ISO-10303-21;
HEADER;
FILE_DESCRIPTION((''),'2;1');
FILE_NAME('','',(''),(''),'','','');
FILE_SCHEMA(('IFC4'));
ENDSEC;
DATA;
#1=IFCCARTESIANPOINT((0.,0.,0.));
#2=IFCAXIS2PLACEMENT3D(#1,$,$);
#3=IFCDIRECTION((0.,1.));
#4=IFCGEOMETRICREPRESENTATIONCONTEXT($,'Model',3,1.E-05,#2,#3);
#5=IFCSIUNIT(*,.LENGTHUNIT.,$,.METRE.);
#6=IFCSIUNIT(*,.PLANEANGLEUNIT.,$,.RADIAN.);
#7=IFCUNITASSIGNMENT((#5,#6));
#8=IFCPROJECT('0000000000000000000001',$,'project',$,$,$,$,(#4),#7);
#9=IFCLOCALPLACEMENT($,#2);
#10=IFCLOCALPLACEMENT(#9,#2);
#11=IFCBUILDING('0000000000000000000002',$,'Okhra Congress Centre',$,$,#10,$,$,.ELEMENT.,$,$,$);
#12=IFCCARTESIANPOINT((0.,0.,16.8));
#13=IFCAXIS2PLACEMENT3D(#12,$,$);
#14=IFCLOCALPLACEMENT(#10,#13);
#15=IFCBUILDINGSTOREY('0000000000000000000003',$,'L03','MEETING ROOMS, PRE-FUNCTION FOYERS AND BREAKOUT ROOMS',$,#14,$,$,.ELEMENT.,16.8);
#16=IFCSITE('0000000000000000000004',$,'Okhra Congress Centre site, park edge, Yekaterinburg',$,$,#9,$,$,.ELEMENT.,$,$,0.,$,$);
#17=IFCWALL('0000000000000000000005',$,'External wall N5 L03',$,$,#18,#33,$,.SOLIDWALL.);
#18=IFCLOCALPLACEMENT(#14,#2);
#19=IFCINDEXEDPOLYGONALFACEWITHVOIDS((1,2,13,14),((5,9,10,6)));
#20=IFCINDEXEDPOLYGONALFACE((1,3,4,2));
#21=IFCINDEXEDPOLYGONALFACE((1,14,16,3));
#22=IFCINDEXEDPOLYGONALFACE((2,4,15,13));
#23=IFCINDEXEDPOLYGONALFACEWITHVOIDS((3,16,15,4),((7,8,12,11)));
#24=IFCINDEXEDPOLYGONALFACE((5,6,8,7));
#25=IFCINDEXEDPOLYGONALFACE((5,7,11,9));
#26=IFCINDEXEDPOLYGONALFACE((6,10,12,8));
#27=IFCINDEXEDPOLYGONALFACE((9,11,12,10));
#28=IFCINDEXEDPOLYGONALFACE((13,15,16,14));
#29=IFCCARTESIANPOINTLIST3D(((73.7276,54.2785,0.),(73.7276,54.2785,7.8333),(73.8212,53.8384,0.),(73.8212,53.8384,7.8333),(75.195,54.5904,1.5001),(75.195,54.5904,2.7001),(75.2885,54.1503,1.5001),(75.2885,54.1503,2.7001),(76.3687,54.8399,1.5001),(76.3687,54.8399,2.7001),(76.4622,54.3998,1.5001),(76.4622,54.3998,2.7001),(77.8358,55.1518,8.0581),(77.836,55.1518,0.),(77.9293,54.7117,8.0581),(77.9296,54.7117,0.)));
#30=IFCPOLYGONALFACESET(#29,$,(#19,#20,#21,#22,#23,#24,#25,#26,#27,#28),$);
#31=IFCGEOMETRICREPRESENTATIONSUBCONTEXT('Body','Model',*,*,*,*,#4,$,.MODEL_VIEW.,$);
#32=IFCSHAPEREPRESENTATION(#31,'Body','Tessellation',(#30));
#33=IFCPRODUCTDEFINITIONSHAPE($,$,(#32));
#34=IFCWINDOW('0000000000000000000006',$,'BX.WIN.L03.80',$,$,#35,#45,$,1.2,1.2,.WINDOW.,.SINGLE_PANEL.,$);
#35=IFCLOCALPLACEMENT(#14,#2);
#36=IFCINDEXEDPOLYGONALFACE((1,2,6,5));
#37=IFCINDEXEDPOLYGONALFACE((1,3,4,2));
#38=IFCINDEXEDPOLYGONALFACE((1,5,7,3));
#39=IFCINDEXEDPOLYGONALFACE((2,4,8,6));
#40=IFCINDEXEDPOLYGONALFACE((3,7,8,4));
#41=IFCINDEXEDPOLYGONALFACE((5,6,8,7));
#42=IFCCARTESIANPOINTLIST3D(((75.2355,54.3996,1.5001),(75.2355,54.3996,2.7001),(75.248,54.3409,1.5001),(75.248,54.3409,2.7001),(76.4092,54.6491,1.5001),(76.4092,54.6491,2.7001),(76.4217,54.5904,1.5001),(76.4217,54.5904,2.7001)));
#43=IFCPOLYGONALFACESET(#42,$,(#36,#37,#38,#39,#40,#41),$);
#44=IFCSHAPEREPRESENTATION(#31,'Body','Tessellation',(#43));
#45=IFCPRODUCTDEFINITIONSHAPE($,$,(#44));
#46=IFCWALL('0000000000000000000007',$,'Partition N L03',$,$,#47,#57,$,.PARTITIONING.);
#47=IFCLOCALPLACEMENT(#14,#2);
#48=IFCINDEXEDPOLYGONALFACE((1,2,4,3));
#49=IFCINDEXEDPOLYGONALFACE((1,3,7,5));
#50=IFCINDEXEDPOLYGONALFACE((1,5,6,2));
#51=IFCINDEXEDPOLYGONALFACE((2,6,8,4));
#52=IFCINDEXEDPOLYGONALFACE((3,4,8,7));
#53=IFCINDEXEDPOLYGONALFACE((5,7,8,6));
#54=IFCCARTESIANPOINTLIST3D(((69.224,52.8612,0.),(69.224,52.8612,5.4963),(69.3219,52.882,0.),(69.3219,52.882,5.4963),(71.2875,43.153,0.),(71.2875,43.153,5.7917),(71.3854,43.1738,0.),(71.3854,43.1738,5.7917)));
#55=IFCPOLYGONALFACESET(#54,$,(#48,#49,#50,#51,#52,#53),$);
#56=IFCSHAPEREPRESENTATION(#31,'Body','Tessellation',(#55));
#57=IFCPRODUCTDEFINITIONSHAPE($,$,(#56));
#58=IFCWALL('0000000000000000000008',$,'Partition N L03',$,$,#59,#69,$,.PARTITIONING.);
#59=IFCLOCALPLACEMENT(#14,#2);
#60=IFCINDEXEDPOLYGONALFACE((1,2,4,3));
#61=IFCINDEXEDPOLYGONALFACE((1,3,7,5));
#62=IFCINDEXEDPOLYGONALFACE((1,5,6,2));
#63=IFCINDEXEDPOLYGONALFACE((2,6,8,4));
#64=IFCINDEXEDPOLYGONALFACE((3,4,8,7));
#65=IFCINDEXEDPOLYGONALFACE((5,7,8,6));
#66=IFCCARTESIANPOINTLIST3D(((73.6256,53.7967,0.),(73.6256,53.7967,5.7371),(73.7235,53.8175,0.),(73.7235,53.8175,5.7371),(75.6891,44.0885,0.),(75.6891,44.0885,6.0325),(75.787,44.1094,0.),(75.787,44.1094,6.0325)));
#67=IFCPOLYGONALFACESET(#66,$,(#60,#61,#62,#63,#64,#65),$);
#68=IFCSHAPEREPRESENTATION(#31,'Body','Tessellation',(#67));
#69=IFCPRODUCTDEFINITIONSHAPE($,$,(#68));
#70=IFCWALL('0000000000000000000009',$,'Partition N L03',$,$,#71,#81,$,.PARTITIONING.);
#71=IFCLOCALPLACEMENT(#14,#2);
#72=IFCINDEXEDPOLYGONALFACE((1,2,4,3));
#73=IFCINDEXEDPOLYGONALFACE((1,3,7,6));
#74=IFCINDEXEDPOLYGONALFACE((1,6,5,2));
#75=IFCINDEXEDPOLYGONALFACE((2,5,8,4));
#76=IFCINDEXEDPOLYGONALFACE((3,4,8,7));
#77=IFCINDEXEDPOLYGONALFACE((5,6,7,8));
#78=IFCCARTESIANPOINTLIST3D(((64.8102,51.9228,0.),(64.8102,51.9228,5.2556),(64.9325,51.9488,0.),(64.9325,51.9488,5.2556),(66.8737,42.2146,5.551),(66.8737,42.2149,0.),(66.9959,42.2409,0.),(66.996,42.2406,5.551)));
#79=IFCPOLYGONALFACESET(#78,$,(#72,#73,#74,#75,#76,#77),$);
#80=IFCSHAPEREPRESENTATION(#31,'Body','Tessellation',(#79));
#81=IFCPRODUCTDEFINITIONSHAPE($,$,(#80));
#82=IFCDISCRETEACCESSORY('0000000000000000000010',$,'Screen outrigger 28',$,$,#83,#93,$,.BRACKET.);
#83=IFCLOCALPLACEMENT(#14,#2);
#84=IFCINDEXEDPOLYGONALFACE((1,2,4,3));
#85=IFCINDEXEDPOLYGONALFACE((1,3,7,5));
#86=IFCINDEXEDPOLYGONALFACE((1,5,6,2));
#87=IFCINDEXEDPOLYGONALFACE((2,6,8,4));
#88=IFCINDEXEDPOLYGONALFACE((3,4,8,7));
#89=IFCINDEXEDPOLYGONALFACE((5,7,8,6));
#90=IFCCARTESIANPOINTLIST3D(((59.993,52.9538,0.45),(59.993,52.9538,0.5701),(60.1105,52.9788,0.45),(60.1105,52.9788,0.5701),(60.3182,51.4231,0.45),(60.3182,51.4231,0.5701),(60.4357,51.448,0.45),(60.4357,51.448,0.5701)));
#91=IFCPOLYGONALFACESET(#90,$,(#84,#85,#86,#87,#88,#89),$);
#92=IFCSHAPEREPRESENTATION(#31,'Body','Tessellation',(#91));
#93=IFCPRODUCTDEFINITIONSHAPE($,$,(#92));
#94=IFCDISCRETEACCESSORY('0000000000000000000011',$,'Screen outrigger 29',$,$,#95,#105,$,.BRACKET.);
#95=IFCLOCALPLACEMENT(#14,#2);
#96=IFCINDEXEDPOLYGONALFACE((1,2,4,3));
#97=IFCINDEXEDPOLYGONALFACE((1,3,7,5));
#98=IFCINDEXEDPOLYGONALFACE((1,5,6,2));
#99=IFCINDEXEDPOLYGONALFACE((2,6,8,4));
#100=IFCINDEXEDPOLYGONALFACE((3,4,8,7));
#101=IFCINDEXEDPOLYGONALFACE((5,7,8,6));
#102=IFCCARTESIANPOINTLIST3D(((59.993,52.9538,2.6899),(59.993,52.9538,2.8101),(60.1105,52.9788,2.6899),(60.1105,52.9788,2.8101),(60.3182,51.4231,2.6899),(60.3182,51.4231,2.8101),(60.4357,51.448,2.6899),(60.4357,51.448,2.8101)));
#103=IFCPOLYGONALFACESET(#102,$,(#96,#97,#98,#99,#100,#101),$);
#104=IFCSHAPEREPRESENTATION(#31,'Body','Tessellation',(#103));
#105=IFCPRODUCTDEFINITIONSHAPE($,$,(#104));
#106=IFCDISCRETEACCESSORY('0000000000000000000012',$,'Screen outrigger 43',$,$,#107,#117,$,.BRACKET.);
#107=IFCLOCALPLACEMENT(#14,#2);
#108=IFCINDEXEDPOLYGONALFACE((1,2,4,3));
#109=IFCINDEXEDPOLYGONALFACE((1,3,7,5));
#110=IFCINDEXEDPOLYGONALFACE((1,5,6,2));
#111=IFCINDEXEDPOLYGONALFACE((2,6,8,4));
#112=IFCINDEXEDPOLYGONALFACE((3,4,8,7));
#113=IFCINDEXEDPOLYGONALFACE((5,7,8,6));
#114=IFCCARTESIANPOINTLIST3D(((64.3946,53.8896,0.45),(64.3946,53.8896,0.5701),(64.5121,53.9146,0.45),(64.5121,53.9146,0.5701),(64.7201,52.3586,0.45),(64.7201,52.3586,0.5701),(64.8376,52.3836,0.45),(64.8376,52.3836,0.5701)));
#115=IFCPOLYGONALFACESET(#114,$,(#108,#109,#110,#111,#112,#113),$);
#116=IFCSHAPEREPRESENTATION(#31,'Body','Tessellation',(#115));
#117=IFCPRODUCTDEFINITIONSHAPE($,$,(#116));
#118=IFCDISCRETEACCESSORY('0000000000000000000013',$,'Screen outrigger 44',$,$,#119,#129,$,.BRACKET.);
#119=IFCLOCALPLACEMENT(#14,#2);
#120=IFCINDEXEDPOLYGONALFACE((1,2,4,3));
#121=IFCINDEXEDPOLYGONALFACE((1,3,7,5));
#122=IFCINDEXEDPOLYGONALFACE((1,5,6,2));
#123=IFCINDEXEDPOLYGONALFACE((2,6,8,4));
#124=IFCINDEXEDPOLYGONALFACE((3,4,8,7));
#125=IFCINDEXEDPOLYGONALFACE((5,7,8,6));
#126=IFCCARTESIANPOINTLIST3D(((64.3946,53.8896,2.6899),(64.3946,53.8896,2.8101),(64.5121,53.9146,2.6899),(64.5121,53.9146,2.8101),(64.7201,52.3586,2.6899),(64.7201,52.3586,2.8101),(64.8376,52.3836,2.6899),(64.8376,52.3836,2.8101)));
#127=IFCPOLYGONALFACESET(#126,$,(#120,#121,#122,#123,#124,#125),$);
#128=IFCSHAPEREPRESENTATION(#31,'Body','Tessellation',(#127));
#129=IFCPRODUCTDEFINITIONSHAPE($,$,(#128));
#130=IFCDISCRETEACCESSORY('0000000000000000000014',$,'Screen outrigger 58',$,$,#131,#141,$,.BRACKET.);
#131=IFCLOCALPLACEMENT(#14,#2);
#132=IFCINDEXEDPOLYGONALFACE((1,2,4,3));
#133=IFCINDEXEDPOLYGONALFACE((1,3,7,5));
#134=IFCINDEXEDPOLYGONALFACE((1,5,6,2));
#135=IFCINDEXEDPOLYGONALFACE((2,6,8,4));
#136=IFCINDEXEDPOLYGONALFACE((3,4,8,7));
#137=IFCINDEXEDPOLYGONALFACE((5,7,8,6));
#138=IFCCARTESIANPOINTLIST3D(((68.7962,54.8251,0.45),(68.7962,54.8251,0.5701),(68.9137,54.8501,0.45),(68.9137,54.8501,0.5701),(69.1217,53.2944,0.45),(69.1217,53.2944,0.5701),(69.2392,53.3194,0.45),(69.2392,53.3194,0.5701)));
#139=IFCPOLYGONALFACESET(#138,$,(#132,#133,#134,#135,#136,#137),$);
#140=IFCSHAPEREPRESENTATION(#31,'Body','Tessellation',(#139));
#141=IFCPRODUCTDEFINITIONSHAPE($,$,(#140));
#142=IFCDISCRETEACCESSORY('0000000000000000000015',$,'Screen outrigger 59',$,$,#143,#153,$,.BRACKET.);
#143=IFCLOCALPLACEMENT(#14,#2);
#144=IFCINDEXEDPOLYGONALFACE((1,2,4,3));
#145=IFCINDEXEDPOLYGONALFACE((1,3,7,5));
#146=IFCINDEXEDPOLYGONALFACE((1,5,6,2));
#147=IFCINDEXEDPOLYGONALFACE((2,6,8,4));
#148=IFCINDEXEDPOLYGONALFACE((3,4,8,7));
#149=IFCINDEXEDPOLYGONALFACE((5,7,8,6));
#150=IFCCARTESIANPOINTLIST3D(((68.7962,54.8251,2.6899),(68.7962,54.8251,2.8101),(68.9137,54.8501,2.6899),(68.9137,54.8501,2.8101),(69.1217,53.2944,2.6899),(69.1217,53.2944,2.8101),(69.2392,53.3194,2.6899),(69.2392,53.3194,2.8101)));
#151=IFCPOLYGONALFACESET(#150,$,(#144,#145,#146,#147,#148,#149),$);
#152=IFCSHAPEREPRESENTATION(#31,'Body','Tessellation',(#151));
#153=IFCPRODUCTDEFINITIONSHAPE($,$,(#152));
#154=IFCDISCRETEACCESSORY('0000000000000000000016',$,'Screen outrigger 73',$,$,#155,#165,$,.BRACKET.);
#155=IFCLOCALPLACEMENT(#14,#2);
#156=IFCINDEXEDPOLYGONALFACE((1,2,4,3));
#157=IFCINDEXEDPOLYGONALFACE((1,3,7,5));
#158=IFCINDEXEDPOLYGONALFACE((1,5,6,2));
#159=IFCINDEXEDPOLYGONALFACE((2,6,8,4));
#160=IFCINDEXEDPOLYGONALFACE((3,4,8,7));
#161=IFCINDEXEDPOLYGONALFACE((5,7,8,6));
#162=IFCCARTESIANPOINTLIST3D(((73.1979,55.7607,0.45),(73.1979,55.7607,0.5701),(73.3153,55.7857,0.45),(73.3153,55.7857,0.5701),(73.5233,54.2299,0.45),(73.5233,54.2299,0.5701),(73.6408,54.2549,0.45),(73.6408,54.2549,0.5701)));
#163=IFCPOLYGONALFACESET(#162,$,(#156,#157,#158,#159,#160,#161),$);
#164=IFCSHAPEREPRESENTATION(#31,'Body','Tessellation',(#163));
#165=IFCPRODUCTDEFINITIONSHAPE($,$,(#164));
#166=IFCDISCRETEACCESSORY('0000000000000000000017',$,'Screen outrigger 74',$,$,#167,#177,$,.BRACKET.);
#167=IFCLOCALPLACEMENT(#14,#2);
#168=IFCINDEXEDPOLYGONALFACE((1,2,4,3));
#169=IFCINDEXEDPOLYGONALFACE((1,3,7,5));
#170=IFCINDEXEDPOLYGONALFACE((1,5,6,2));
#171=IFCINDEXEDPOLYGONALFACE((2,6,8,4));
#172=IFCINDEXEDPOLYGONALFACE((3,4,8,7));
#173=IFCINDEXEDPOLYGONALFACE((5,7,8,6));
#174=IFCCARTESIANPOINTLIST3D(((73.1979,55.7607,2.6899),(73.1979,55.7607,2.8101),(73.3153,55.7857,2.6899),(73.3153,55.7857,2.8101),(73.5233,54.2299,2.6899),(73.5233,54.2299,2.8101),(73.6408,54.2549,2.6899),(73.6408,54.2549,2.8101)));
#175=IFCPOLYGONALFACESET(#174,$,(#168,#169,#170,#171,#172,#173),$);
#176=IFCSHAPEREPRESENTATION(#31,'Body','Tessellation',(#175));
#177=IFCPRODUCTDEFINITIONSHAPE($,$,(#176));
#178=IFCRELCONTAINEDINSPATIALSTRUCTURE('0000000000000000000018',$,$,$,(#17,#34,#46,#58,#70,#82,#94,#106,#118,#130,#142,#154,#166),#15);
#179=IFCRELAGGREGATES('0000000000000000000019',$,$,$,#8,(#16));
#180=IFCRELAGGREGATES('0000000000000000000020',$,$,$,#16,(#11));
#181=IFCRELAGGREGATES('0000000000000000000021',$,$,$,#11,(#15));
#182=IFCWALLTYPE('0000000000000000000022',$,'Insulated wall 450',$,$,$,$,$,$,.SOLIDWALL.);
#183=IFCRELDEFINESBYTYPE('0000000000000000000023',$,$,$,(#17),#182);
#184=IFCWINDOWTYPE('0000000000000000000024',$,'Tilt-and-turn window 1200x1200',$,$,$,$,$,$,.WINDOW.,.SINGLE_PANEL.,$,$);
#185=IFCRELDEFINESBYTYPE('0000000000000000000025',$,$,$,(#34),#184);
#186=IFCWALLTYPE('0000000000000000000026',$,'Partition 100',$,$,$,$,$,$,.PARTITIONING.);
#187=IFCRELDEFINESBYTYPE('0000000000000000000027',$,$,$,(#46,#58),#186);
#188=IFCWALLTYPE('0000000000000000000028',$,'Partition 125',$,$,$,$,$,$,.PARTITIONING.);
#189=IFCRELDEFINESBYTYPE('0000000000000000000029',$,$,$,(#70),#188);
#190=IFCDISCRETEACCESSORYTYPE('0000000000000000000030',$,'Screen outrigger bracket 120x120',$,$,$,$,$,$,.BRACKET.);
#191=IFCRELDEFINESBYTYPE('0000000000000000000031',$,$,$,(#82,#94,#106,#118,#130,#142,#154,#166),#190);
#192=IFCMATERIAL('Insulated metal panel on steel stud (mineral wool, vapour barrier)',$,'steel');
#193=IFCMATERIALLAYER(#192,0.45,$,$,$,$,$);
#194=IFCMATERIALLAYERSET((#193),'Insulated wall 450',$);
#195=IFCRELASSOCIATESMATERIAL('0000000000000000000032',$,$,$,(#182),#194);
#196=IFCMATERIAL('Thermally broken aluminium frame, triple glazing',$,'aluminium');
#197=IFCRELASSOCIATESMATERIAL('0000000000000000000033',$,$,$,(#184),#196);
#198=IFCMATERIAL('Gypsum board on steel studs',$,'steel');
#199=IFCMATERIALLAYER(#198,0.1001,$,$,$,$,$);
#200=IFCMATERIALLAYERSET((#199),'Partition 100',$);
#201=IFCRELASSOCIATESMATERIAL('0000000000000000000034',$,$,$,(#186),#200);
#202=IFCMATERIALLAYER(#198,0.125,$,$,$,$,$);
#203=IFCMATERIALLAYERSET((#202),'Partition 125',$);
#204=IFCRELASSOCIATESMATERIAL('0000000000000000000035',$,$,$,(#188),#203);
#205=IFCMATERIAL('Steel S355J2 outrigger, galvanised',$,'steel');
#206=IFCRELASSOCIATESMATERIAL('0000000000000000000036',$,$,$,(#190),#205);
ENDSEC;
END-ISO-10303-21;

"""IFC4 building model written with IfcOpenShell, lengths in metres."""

from ifc_helpers import new_model, si_unit, direction, frame, frame_2d, origin, origin_2d, place, context, subcontext, project, spatial, polyline, rectangle, outline, extrude, material, layer, layer_set, material_profile, profile_set, type_object, element, fill, save


model = new_model("IFC4")

# Units and contexts
model_context = context("Model", 3, precision=1e-05, world=origin(), true_north=direction((0.0, 1.0)))
body_context = subcontext(model_context, "Body", "Model", "MODEL_VIEW")
ifc_project = project(units=[si_unit("LENGTHUNIT", "METRE"), si_unit("PLANEANGLEUNIT", "RADIAN")], contexts=[model_context])

# Site, building, storey
site_placement = place(None, origin())
site = spatial("IfcSite", under=ifc_project, at=site_placement, Name="Okhra Congress Centre site, park edge, Yekaterinburg", CompositionType="ELEMENT", RefElevation=0.0)
building_placement = place(site_placement, origin())
building = spatial("IfcBuilding", under=site, at=building_placement, Name="Okhra Congress Centre", CompositionType="ELEMENT")
storey_placement = place(building_placement, frame((0.0, 0.0, 16.8)))
storey = spatial("IfcBuildingStorey", under=building, at=storey_placement, Name="L03", Description="MEETING ROOMS, PRE-FUNCTION FOYERS AND BREAKOUT ROOMS", CompositionType="ELEMENT", Elevation=16.8)

# Wall, opening, window
ifc_material_1 = material(Name="Insulated metal panel on steel stud (mineral wool, vapour barrier)", Category="steel")
ifc_layer_1 = layer(ifc_material_1, 0.45)
ifc_layer_set_1 = layer_set([ifc_layer_1], Name="Insulated wall 450")
wall_type_1 = type_object("IfcWallType", Name="Insulated wall 450", PredefinedType="SOLIDWALL", material=ifc_layer_set_1)
ifc_material_2 = material(Name="Thermally broken aluminium frame, triple glazing", Category="aluminium")
window_type_1 = type_object("IfcWindowType", Name="Tilt-and-turn window 1200x1200", PartitioningType="SINGLE_PANEL", PredefinedType="WINDOW", material=ifc_material_2)
wall_1_placement = place(storey_placement, frame((73.7744, 54.0583, 0.0), z_axis=(0.0, 0.0, 1.0), x_axis=(0.978146, 0.207917, 0.0)))
wall_1 = element("IfcWall", 1, at=wall_1_placement, inside=storey, type_object=wall_type_1, Name="External wall N5 L03", PredefinedType="SOLIDWALL", context=body_context, shape_type="SweptSolid", body=[
    extrude(outline(polyline([(0.0, 0.0), (4.2002, 0.0), (4.2, 8.0581), (0.0, 7.8333), (0.0, 0.0)])), frame((0.0, 0.2251, 0.0), z_axis=(0.0, -1.0, 0.0), x_axis=(1.0, 0.0, 0.0)), (0.0, 0.0, 1.0), 0.45),
])
opening_1_placement = place(wall_1_placement, frame((1.5, 0.0, 1.5)))
opening_1 = element("IfcOpeningElement", 2, at=opening_1_placement, cuts=wall_1, PredefinedType="OPENING", context=body_context, shape_type="SweptSolid", body=[
    extrude(rectangle(XDim=1.2, YDim=1.2, at=frame_2d((0.6001, 0.6001))), frame((0.0, 0.2349, 0.0), z_axis=(0.0, -1.0, 0.0), x_axis=(1.0, 0.0, 0.0)), (0.0, 0.0, 1.0), 0.47),
])
window_1_placement = place(opening_1_placement, origin())
window_1 = element("IfcWindow", 3, at=window_1_placement, inside=storey, type_object=window_type_1, Name="BX.WIN.L03.80", OverallHeight=1.2, OverallWidth=1.2, PartitioningType="SINGLE_PANEL", PredefinedType="WINDOW", context=body_context, shape_type="SweptSolid", body=[
    extrude(rectangle(XDim=1.2, YDim=1.2, at=frame_2d((0.6001, 0.6001))), frame((0.0, 0.03, 0.0), z_axis=(0.0, -1.0, 0.0), x_axis=(1.0, 0.0, 0.0)), (0.0, 0.0, 1.0), 0.0601),
])
fill(opening_1, window_1)

# Walls
ifc_material_3 = material(Name="Gypsum board on steel studs", Category="steel")
ifc_layer_2 = layer(ifc_material_3, 0.1001)
ifc_layer_set_2 = layer_set([ifc_layer_2], Name="Partition 100")
wall_type_2 = type_object("IfcWallType", Name="Partition 100", PredefinedType="PARTITIONING", material=ifc_layer_set_2)
wall_2_placement = place(storey_placement, frame((69.2729, 52.8716, 0.0), z_axis=(0.0, 0.0, 1.0), x_axis=(0.207904, -0.978149, 0.0)))
element("IfcWall", 4, at=wall_2_placement, inside=storey, type_object=wall_type_2, Name="Partition N L03", PredefinedType="PARTITIONING", context=body_context, shape_type="SweptSolid", body=[
    extrude(outline(polyline([(0.0, 0.0), (9.925, 0.0), (9.925, 5.7917), (0.0, 5.4963), (0.0, 0.0)])), frame((0.0, 0.05, 0.0), z_axis=(0.0, -1.0, 0.0), x_axis=(1.0, 0.0, 0.0)), (0.0, 0.0, 1.0), 0.1001),
])
wall_3_placement = place(storey_placement, frame((73.6746, 53.8071, 0.0), z_axis=(0.0, 0.0, 1.0), x_axis=(0.207904, -0.978149, 0.0)))
element("IfcWall", 5, at=wall_3_placement, inside=storey, type_object=wall_type_2, Name="Partition N L03", PredefinedType="PARTITIONING", context=body_context, shape_type="SweptSolid", body=[
    extrude(outline(polyline([(0.0, 0.0), (9.925, 0.0), (9.925, 6.0325), (0.0, 5.7371), (0.0, 0.0)])), frame((0.0, 0.05, 0.0), z_axis=(0.0, -1.0, 0.0), x_axis=(1.0, 0.0, 0.0)), (0.0, 0.0, 1.0), 0.1001),
])
ifc_layer_3 = layer(ifc_material_3, 0.125)
ifc_layer_set_3 = layer_set([ifc_layer_3], Name="Partition 125")
wall_type_3 = type_object("IfcWallType", Name="Partition 125", PredefinedType="PARTITIONING", material=ifc_layer_set_3)
wall_4_placement = place(storey_placement, frame((64.8713, 51.9358, 0.0), z_axis=(0.0, 0.0, 1.0), x_axis=(0.207909, -0.978148, 0.0)))
element("IfcWall", 6, at=wall_4_placement, inside=storey, type_object=wall_type_3, Name="Partition N L03", PredefinedType="PARTITIONING", context=body_context, shape_type="SweptSolid", body=[
    extrude(outline(polyline([(0.0, 0.0), (9.9248, 0.0), (9.925, 5.551), (0.0, 5.2556), (0.0, 0.0)])), frame((0.0, 0.0625, 0.0), z_axis=(0.0, -1.0, 0.0), x_axis=(1.0, 0.0, 0.0)), (0.0, 0.0, 1.0), 0.125),
])

# Discrete accessories
ifc_material_4 = material(Name="Steel S355J2 outrigger, galvanised", Category="steel")
ifc_material_profile_1 = material_profile(ifc_material_4, rectangle(XDim=0.1201, YDim=0.1201, at=origin_2d()), Name="Screen outrigger bracket 120x120")
ifc_profile_set_1 = profile_set([ifc_material_profile_1], Name="Steel S355J2 outrigger, galvanised")
discrete_accessory_type = type_object("IfcDiscreteAccessoryType", Name="Screen outrigger bracket 120x120", PredefinedType="BRACKET", material=ifc_profile_set_1)
for number, where, z_axis, x_axis, name in (
    (7, (60.377, 51.4355, 0.51), (-0.207803, 0.978171, 0.0), (-0.978171, -0.207803, 0.0), "Screen outrigger 28"),
    (8, (60.377, 51.4355, 2.75), (-0.207803, 0.978171, 0.0), (-0.978171, -0.207803, 0.0), "Screen outrigger 29"),
):
    element("IfcDiscreteAccessory", number, at=place(storey_placement, frame(where, z_axis=z_axis, x_axis=x_axis)), inside=storey, type_object=discrete_accessory_type, Name=name, PredefinedType="BRACKET", context=body_context, shape_type="SweptSolid", body=[
        extrude(rectangle(XDim=0.1201, YDim=0.1201, at=origin_2d()), origin(), (0.0, 0.0, 1.0), 1.5649),
    ])
for number, where, z_axis, x_axis, name in (
    (9, (64.7788, 52.3711, 0.51), (-0.20792, 0.978146, 0.0), (-0.978146, -0.20792, 0.0), "Screen outrigger 43"),
    (10, (64.7788, 52.3711, 2.75), (-0.20792, 0.978146, 0.0), (-0.978146, -0.20792, 0.0), "Screen outrigger 44"),
):
    element("IfcDiscreteAccessory", number, at=place(storey_placement, frame(where, z_axis=z_axis, x_axis=x_axis)), inside=storey, type_object=discrete_accessory_type, Name=name, PredefinedType="BRACKET", context=body_context, shape_type="SweptSolid", body=[
        extrude(rectangle(XDim=0.1201, YDim=0.1201, at=origin_2d()), origin(), (0.0, 0.0, 1.0), 1.5652),
    ])
for number, where, z_axis, x_axis, name in (
    (11, (69.1804, 53.3069, 0.51), (-0.207952, 0.978139, 0.0), (-0.978139, -0.207952, 0.0), "Screen outrigger 58"),
    (12, (69.1804, 53.3069, 2.75), (-0.207952, 0.978139, 0.0), (-0.978139, -0.207952, 0.0), "Screen outrigger 59"),
    (13, (73.582, 54.2424, 0.51), (-0.207952, 0.978139, 0.0), (-0.978139, -0.207952, 0.0), "Screen outrigger 73"),
    (14, (73.582, 54.2424, 2.75), (-0.207952, 0.978139, 0.0), (-0.978139, -0.207952, 0.0), "Screen outrigger 74"),
):
    element("IfcDiscreteAccessory", number, at=place(storey_placement, frame(where, z_axis=z_axis, x_axis=x_axis)), inside=storey, type_object=discrete_accessory_type, Name=name, PredefinedType="BRACKET", context=body_context, shape_type="SweptSolid", body=[
        extrude(rectangle(XDim=0.1201, YDim=0.1201, at=origin_2d()), origin(), (0.0, 0.0, 1.0), 1.5649),
    ])

save(model, "model.ifc")
